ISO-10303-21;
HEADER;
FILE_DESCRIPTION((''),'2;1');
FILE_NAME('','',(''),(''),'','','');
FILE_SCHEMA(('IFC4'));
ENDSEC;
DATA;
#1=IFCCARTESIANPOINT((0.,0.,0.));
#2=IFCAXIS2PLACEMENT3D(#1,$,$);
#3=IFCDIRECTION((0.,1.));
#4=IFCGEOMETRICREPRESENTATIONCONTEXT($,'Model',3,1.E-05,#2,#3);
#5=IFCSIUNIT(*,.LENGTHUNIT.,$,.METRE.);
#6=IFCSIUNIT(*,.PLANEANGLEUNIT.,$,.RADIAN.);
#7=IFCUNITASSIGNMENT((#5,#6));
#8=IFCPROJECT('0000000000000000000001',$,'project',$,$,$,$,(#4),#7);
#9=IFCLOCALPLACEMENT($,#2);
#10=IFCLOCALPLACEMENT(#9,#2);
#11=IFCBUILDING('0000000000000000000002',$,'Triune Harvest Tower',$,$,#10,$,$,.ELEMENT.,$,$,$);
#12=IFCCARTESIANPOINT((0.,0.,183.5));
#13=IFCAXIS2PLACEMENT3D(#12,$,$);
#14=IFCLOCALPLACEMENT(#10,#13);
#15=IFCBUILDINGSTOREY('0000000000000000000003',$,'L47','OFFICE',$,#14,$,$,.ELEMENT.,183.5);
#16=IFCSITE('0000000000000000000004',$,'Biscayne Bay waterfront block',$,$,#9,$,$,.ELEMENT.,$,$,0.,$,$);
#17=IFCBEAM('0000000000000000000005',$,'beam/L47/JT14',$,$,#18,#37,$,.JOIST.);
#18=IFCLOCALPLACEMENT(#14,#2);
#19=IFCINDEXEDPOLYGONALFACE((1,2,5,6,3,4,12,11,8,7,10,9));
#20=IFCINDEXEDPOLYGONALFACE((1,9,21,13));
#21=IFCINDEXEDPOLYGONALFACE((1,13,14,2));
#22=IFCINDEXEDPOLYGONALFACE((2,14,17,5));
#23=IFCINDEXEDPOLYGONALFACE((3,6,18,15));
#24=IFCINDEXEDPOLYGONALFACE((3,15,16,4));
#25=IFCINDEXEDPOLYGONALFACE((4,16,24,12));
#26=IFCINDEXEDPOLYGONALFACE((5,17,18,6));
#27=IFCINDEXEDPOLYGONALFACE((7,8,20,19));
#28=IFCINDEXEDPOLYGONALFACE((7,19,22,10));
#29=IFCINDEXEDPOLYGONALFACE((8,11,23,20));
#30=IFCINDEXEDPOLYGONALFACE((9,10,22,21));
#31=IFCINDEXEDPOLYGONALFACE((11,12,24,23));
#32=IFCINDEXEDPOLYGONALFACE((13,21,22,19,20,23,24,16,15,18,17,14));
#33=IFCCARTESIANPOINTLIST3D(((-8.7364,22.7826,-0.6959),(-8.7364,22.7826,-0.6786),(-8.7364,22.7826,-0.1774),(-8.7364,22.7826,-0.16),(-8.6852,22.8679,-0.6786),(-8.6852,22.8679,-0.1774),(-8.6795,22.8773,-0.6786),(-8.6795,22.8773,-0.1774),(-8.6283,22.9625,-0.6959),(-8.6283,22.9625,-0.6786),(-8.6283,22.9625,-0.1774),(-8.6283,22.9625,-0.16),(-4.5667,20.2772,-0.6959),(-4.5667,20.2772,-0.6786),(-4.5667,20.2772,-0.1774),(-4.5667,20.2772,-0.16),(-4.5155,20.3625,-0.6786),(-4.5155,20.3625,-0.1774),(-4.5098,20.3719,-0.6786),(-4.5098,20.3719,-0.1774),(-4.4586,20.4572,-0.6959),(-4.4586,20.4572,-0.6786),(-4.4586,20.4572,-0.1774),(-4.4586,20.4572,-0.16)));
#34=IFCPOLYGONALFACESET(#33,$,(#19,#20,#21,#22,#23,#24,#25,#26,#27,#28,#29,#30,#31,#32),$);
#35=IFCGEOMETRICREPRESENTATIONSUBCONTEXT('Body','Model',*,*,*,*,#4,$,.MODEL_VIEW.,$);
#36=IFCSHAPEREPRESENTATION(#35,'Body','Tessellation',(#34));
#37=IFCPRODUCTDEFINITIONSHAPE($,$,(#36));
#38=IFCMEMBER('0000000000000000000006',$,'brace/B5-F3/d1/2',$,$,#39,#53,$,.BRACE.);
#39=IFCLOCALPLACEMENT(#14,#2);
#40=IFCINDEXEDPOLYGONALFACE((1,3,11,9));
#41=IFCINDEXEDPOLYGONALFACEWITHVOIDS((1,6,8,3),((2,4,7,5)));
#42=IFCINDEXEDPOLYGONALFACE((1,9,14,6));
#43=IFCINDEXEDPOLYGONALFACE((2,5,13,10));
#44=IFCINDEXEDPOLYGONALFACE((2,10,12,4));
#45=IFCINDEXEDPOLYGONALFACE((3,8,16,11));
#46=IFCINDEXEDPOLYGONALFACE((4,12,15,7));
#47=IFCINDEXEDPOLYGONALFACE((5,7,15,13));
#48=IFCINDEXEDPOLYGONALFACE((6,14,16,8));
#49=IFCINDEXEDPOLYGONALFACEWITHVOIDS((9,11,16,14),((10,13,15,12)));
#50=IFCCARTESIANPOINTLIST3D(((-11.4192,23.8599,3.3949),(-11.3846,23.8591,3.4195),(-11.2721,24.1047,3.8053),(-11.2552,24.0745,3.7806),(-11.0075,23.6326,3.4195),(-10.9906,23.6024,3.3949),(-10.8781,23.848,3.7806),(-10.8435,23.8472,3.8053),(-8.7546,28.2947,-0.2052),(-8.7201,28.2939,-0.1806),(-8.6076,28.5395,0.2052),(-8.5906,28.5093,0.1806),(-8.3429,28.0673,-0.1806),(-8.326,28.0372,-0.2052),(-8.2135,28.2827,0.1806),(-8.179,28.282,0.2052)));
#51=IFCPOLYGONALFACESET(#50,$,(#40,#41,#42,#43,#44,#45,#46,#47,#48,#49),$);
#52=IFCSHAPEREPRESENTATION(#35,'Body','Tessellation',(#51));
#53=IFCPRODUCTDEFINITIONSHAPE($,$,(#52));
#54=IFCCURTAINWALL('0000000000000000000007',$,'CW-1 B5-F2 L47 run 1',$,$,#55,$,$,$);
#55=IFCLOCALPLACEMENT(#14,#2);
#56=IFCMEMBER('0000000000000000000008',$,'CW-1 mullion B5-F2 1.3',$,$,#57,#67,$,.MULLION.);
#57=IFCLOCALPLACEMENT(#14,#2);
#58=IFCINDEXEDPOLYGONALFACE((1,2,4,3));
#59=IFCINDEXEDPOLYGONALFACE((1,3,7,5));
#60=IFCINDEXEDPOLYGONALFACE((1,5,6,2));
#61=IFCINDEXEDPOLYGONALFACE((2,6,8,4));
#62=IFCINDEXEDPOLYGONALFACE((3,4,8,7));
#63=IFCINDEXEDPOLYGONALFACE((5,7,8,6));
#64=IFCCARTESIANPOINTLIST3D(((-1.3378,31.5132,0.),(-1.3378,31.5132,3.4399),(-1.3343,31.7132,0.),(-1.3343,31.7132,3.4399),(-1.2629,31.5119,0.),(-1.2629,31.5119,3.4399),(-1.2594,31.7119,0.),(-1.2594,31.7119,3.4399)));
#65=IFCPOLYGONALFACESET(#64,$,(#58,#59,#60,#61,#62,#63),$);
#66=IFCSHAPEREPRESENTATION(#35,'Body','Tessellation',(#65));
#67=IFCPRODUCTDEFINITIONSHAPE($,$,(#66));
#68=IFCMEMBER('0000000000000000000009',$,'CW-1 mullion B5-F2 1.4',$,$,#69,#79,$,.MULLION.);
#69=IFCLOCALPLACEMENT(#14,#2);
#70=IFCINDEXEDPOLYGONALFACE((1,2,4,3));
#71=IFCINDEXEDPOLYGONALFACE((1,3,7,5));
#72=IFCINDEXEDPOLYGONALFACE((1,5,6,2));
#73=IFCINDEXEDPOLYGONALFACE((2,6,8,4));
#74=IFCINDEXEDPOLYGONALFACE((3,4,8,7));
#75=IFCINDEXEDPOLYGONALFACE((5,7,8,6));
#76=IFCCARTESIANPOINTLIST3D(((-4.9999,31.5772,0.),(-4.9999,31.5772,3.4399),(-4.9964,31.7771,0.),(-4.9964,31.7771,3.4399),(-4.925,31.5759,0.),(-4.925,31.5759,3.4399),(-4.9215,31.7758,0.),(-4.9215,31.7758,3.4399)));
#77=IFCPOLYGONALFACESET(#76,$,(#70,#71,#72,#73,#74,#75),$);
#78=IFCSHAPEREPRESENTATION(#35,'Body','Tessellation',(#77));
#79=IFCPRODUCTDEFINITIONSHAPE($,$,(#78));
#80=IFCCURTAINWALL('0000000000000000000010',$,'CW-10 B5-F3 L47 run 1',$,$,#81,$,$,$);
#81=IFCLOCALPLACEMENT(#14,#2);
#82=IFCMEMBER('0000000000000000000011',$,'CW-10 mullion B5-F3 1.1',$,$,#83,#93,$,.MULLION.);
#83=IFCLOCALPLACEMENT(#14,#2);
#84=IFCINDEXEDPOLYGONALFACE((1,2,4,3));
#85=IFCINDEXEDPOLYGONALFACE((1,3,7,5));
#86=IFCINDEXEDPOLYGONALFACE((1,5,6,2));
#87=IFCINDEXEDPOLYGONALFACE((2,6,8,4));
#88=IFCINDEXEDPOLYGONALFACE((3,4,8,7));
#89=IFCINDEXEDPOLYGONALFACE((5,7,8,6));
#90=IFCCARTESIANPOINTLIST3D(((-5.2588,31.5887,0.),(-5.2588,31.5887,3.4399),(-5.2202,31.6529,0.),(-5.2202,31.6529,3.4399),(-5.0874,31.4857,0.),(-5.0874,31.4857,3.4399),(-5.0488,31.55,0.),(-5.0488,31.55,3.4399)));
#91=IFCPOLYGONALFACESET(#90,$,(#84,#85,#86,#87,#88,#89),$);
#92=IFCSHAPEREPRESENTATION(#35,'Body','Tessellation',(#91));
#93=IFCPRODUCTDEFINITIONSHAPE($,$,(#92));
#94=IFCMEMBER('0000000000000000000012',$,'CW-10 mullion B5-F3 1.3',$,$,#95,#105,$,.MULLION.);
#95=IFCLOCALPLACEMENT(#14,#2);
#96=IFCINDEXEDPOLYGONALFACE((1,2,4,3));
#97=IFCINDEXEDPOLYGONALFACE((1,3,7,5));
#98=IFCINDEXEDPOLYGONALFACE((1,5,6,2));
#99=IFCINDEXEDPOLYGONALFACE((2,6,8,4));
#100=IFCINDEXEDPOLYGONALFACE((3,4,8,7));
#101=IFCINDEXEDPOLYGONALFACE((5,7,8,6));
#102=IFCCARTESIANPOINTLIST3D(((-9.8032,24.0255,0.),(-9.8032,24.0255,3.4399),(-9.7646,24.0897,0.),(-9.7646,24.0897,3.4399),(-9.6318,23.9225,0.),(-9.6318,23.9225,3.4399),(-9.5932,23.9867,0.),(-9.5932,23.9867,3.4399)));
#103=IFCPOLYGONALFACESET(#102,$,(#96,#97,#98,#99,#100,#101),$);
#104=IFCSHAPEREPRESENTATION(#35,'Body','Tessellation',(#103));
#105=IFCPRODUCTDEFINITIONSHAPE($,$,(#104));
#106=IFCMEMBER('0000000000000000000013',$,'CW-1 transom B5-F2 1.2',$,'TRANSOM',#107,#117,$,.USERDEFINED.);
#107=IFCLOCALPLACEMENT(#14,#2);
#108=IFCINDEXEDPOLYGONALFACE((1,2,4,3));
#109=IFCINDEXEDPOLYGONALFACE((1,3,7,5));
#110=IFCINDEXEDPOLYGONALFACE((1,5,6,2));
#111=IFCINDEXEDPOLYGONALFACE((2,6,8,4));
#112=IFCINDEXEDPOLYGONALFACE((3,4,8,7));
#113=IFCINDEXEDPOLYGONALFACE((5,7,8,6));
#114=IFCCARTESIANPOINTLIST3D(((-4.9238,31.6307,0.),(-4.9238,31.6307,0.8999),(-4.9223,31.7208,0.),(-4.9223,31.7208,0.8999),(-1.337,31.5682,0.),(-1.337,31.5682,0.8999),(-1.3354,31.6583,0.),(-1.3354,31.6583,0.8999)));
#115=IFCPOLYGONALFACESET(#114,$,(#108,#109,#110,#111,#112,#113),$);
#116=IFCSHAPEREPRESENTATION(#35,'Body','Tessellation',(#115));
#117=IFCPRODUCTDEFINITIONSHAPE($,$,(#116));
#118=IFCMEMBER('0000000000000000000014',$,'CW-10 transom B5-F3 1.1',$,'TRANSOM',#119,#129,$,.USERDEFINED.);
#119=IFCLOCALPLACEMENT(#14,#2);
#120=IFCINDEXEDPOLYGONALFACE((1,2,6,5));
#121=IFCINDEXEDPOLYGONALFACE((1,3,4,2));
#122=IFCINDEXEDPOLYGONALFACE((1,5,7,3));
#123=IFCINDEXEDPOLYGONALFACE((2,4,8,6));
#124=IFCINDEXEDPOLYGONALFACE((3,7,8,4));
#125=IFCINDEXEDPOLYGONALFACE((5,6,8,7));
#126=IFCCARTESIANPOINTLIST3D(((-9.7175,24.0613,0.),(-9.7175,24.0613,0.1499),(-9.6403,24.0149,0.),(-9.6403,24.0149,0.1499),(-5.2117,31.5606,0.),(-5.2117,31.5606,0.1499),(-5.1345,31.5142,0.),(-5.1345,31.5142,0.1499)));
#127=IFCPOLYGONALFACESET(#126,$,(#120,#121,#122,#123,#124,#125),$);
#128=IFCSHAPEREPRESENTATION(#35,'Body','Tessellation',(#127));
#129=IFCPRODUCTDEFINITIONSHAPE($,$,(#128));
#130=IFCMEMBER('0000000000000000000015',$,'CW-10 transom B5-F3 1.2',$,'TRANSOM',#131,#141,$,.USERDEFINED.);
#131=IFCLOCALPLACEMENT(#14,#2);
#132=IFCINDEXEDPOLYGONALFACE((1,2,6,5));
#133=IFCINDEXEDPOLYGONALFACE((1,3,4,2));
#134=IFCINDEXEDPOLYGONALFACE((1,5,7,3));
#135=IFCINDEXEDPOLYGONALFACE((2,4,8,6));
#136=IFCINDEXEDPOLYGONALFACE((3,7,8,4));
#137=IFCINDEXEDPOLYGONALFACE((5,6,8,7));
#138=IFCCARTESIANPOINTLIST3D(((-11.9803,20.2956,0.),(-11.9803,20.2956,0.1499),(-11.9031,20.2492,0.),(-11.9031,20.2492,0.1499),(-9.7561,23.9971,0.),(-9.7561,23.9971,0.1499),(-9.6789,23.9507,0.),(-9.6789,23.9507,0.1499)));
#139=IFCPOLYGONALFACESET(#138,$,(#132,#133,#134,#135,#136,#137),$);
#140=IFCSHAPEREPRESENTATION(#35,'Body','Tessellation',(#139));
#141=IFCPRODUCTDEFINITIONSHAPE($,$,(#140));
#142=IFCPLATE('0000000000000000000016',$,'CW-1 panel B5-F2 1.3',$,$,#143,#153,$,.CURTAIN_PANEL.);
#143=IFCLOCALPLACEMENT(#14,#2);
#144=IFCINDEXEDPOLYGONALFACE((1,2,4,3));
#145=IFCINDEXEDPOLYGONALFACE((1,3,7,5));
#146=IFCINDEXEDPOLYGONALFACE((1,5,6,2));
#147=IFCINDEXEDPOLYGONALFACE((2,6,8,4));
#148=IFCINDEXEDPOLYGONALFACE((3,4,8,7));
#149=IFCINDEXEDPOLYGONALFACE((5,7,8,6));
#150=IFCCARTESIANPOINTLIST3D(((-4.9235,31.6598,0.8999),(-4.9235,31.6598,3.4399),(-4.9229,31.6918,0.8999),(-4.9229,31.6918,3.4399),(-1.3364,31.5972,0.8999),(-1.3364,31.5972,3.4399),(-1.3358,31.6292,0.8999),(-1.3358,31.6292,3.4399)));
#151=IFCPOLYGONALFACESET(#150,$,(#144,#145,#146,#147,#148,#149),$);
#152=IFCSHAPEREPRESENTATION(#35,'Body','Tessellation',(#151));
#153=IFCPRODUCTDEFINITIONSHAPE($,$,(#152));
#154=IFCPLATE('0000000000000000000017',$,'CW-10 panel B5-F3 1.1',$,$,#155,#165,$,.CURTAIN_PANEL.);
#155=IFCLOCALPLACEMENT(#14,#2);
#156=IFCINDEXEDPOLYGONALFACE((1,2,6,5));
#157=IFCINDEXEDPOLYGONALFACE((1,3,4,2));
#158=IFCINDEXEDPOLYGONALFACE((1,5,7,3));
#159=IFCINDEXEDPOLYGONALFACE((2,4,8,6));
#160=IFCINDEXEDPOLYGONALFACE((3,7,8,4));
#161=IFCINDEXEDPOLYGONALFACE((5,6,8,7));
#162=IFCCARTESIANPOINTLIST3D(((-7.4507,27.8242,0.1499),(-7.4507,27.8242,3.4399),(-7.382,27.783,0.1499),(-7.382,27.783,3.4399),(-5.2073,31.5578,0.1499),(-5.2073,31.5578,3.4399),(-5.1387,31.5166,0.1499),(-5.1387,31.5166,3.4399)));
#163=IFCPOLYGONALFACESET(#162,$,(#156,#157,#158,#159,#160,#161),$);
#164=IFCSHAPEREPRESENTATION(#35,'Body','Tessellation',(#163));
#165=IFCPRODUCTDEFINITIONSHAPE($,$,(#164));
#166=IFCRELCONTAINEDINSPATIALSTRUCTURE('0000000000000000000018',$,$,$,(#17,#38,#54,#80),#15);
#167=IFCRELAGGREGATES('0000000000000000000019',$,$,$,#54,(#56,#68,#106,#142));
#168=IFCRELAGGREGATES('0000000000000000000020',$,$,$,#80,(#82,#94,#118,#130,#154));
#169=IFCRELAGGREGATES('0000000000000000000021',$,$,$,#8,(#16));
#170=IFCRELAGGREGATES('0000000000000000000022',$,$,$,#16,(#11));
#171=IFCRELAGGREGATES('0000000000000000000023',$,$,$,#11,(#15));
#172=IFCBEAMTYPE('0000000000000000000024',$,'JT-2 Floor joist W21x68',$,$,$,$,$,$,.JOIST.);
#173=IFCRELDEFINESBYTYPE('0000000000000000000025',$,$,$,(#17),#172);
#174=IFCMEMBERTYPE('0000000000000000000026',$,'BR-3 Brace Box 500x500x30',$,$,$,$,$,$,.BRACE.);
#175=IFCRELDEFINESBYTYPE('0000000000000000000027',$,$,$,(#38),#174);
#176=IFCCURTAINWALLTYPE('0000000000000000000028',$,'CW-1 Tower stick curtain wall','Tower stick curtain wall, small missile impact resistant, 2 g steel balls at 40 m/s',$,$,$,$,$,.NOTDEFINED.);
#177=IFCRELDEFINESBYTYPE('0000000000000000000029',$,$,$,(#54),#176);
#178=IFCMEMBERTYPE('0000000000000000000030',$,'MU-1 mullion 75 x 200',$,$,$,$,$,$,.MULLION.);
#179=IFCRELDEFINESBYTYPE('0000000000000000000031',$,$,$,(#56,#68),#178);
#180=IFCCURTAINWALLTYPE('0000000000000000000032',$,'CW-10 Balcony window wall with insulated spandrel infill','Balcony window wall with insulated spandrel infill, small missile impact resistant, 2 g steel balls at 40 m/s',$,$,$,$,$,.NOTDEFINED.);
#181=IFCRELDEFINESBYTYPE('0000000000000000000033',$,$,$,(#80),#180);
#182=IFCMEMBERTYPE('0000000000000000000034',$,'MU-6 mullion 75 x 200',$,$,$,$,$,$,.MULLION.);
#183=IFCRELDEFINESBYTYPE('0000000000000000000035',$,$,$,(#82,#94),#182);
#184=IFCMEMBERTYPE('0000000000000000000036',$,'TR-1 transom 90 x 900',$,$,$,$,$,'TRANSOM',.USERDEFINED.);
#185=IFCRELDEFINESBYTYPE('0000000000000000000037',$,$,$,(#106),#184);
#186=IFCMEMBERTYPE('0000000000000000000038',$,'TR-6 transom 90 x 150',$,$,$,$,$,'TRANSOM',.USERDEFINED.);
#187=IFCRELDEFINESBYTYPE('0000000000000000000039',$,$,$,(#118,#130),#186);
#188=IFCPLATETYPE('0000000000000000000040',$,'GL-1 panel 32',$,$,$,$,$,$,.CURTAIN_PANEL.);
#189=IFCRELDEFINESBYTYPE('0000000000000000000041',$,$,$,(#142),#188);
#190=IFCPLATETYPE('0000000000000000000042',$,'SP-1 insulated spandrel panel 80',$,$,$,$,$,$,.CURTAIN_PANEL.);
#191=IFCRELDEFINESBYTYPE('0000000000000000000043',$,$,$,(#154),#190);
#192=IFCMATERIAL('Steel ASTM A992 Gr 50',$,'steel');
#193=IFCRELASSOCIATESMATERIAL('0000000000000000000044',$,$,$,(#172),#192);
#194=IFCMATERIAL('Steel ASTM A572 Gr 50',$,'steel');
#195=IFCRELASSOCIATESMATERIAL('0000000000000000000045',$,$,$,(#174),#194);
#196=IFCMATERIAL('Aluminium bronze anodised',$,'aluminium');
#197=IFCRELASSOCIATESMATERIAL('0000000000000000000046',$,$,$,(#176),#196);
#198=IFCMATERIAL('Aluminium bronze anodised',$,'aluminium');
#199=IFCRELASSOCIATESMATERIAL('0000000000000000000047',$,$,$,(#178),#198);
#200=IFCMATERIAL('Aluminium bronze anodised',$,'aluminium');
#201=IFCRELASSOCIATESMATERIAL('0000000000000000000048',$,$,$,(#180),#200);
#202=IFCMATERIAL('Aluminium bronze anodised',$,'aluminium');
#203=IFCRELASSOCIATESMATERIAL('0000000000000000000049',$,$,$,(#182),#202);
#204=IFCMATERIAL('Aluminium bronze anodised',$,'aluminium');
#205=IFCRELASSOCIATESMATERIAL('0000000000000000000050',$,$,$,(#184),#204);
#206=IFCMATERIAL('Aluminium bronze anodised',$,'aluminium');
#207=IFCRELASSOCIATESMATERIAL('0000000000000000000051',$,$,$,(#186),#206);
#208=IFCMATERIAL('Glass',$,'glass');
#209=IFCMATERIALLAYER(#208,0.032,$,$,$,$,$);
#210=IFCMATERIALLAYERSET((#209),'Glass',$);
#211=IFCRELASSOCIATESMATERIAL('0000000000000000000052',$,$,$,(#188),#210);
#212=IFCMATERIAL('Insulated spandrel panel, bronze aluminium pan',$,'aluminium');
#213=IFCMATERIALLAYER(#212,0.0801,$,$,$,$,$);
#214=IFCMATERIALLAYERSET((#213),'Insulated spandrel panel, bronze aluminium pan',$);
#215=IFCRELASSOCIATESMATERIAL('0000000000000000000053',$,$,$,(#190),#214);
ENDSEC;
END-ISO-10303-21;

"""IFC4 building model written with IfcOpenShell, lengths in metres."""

from ifc_helpers import new_model, si_unit, direction, frame, origin, origin_2d, place, context, subcontext, project, spatial, rectangle, hollow_rectangle, i_section, extrude, source, transform, mapped, material, layer, layer_set, material_profile, profile_set, type_object, element, aggregate, save


model = new_model("IFC4")

# Units and contexts
model_context = context("Model", 3, precision=1e-05, world=origin(), true_north=direction((0.0, 1.0)))
body_context = subcontext(model_context, "Body", "Model", "MODEL_VIEW")
ifc_project = project(units=[si_unit("LENGTHUNIT", "METRE"), si_unit("PLANEANGLEUNIT", "RADIAN")], contexts=[model_context])

# Site, building, storey
site_placement = place(None, origin())
site = spatial("IfcSite", under=ifc_project, at=site_placement, Name="Biscayne Bay waterfront block", CompositionType="ELEMENT", RefElevation=0.0)
building_placement = place(site_placement, origin())
building = spatial("IfcBuilding", under=site, at=building_placement, Name="Triune Harvest Tower", CompositionType="ELEMENT")
storey_placement = place(building_placement, frame((0.0, 0.0, 183.5)))
storey = spatial("IfcBuildingStorey", under=building, at=storey_placement, Name="L47", Description="OFFICE", CompositionType="ELEMENT", Elevation=183.5)

# Beam
ifc_material_1 = material(Name="Steel ASTM A992 Gr 50", Category="steel")
ifc_material_profile_1 = material_profile(ifc_material_1, i_section(OverallWidth=0.21, OverallDepth=0.5359, WebThickness=0.011, FlangeThickness=0.0173, at=origin_2d()), Name="W21x68")
ifc_profile_set_1 = profile_set([ifc_material_profile_1], Name="Steel ASTM A992 Gr 50")
beam_type_1 = type_object("IfcBeamType", Name="JT-2 Floor joist W21x68", PredefinedType="JOIST", material=ifc_profile_set_1)
shared_shape_1 = source(origin(), body_context, "Body", "SweptSolid", [
    extrude(i_section(OverallWidth=0.21, OverallDepth=0.5359, WebThickness=0.011, FlangeThickness=0.0173, at=origin_2d()), origin(), (0.0, 0.0, 1.0), 4.8645),
])
beam_1_placement = place(storey_placement, frame((-8.6824, 22.8726, -0.428), z_axis=(0.857169, -0.515034, 0.0), x_axis=(0.515034, 0.857169, 0.0)))
element("IfcBeam", 1, at=beam_1_placement, inside=storey, type_object=beam_type_1, Name="beam/L47/JT14", PredefinedType="JOIST", context=body_context, shape_type="MappedRepresentation", body=[
    mapped(shared_shape_1, transform((0.0, 0.0, 0.0), scale=1.0)),
])

# Member
ifc_material_2 = material(Name="Steel ASTM A572 Gr 50", Category="steel")
ifc_material_profile_2 = material_profile(ifc_material_2, hollow_rectangle(XDim=0.5, YDim=0.5, WallThickness=0.03, at=origin_2d()), Name="Box 500x500x30")
ifc_profile_set_2 = profile_set([ifc_material_profile_2], Name="Steel ASTM A572 Gr 50")
member_type_1 = type_object("IfcMemberType", Name="BR-3 Brace Box 500x500x30", PredefinedType="BRACE", material=ifc_profile_set_2)
shared_shape_2 = source(origin(), body_context, "Body", "SweptSolid", [
    extrude(hollow_rectangle(XDim=0.5, YDim=0.5, WallThickness=0.03, at=origin_2d()), origin(), (0.0, 0.0, 1.0), 6.303),
])
member_1_placement = place(storey_placement, frame((-8.4668, 28.2883, 0.0), z_axis=(-0.422742, -0.703601, 0.57117), x_axis=(0.85718, -0.515016, 0.0)))
element("IfcMember", 2, at=member_1_placement, inside=storey, type_object=member_type_1, Name="brace/B5-F3/d1/2", PredefinedType="BRACE", context=body_context, shape_type="MappedRepresentation", body=[
    mapped(shared_shape_2, transform((0.0, 0.0, 0.0), scale=1.0)),
])

# Curtain walls, members
ifc_material_3 = material(Name="Aluminium bronze anodised", Category="aluminium")
curtain_wall_type_1 = type_object("IfcCurtainWallType", Name="CW-1 Tower stick curtain wall", Description="Tower stick curtain wall, small missile impact resistant, 2 g steel balls at 40 m/s", PredefinedType="NOTDEFINED", material=ifc_material_3)
curtain_wall_1_placement = place(storey_placement, origin())
curtain_wall_1 = element("IfcCurtainWall", 3, at=curtain_wall_1_placement, inside=storey, type_object=curtain_wall_type_1, Name="CW-1 B5-F2 L47 run 1")
ifc_material_4 = material(Name="Aluminium bronze anodised", Category="aluminium")
ifc_material_profile_3 = material_profile(ifc_material_4, rectangle(XDim=0.2, YDim=0.075, at=origin_2d()), Name="MU-1 mullion 75 x 200")
ifc_profile_set_3 = profile_set([ifc_material_profile_3], Name="Aluminium bronze anodised")
member_type_2 = type_object("IfcMemberType", Name="MU-1 mullion 75 x 200", PredefinedType="MULLION", material=ifc_profile_set_3)
shared_shape_3 = source(origin(), body_context, "Body", "SweptSolid", [
    extrude(rectangle(XDim=0.2, YDim=0.075, at=origin_2d()), origin(), (0.0, 0.0, 1.0), 3.4399),
])
member_2_placement = place(storey_placement, frame((-1.2986, 31.6125, 0.0), z_axis=(0.0, 0.0, 1.0), x_axis=(-0.017446, -0.999848, 0.0)))
member_2 = element("IfcMember", 4, at=member_2_placement, type_object=member_type_2, Name="CW-1 mullion B5-F2 1.3", PredefinedType="MULLION", context=body_context, shape_type="MappedRepresentation", body=[
    mapped(shared_shape_3, transform((0.0, 0.0, 0.0), scale=1.0)),
])
member_3_placement = place(storey_placement, frame((-4.9607, 31.6765, 0.0), z_axis=(0.0, 0.0, 1.0), x_axis=(-0.017446, -0.999848, 0.0)))
member_3 = element("IfcMember", 5, at=member_3_placement, type_object=member_type_2, Name="CW-1 mullion B5-F2 1.4", PredefinedType="MULLION", context=body_context, shape_type="MappedRepresentation", body=[
    mapped(shared_shape_3, transform((0.0, 0.0, 0.0), scale=1.0)),
])
ifc_material_5 = material(Name="Aluminium bronze anodised", Category="aluminium")
curtain_wall_type_2 = type_object("IfcCurtainWallType", Name="CW-10 Balcony window wall with insulated spandrel infill", Description="Balcony window wall with insulated spandrel infill, small missile impact resistant, 2 g steel balls at 40 m/s", PredefinedType="NOTDEFINED", material=ifc_material_5)
curtain_wall_2_placement = place(storey_placement, origin())
curtain_wall_2 = element("IfcCurtainWall", 6, at=curtain_wall_2_placement, inside=storey, type_object=curtain_wall_type_2, Name="CW-10 B5-F3 L47 run 1")
ifc_material_6 = material(Name="Aluminium bronze anodised", Category="aluminium")
ifc_material_profile_4 = material_profile(ifc_material_6, rectangle(XDim=0.2, YDim=0.075, at=origin_2d()), Name="MU-6 mullion 75 x 200")
ifc_profile_set_4 = profile_set([ifc_material_profile_4], Name="Aluminium bronze anodised")
member_type_3 = type_object("IfcMemberType", Name="MU-6 mullion 75 x 200", PredefinedType="MULLION", material=ifc_profile_set_4)
shared_shape_4 = source(origin(), body_context, "Body", "SweptSolid", [
    extrude(rectangle(XDim=0.2, YDim=0.075, at=origin_2d()), origin(), (0.0, 0.0, 1.0), 3.4399),
])
member_4_placement = place(storey_placement, frame((-5.1538, 31.5693, 0.0), z_axis=(0.0, 0.0, 1.0), x_axis=(0.857168, -0.515037, 0.0)))
member_4 = element("IfcMember", 7, at=member_4_placement, type_object=member_type_3, Name="CW-10 mullion B5-F3 1.1", PredefinedType="MULLION", context=body_context, shape_type="MappedRepresentation", body=[
    mapped(shared_shape_4, transform((0.0, 0.0, 0.0), scale=1.0)),
])
member_5_placement = place(storey_placement, frame((-9.6982, 24.0061, 0.0), z_axis=(0.0, 0.0, 1.0), x_axis=(0.857168, -0.515037, 0.0)))
member_5 = element("IfcMember", 8, at=member_5_placement, type_object=member_type_3, Name="CW-10 mullion B5-F3 1.3", PredefinedType="MULLION", context=body_context, shape_type="MappedRepresentation", body=[
    mapped(shared_shape_4, transform((0.0, 0.0, 0.0), scale=1.0)),
])

# Members
ifc_material_7 = material(Name="Aluminium bronze anodised", Category="aluminium")
ifc_material_profile_5 = material_profile(ifc_material_7, rectangle(XDim=0.0901, YDim=0.8999, at=origin_2d()), Name="TR-1 transom 90 x 900")
ifc_profile_set_5 = profile_set([ifc_material_profile_5], Name="Aluminium bronze anodised")
member_type_4 = type_object("IfcMemberType", Name="TR-1 transom 90 x 900", ElementType="TRANSOM", PredefinedType="USERDEFINED", material=ifc_profile_set_5)
shared_shape_5 = source(origin(), body_context, "Body", "SweptSolid", [
    extrude(rectangle(XDim=0.0901, YDim=0.8999, at=origin_2d()), origin(), (0.0, 0.0, 1.0), 3.5874),
])
member_6_placement = place(storey_placement, frame((-1.3362, 31.6133, 0.45), z_axis=(-0.999848, 0.017422, 0.0), x_axis=(-0.017422, -0.999848, 0.0)))
member_6 = element("IfcMember", 9, at=member_6_placement, type_object=member_type_4, Name="CW-1 transom B5-F2 1.2", ObjectType="TRANSOM", PredefinedType="USERDEFINED", context=body_context, shape_type="MappedRepresentation", body=[
    mapped(shared_shape_5, transform((0.0, 0.0, 0.0), scale=1.0)),
])
ifc_material_8 = material(Name="Aluminium bronze anodised", Category="aluminium")
ifc_material_profile_6 = material_profile(ifc_material_8, rectangle(XDim=0.0901, YDim=0.1499, at=origin_2d()), Name="TR-6 transom 90 x 150")
ifc_profile_set_6 = profile_set([ifc_material_profile_6], Name="Aluminium bronze anodised")
member_type_5 = type_object("IfcMemberType", Name="TR-6 transom 90 x 150", ElementType="TRANSOM", PredefinedType="USERDEFINED", material=ifc_profile_set_6)
shared_shape_6 = source(origin(), body_context, "Body", "SweptSolid", [
    extrude(rectangle(XDim=0.0901, YDim=0.1499, at=origin_2d()), origin(), (0.0, 0.0, 1.0), 8.7488),
])
member_7_placement = place(storey_placement, frame((-5.1731, 31.5374, 0.075), z_axis=(-0.515025, -0.857175, 0.0), x_axis=(0.857175, -0.515025, 0.0)))
member_7 = element("IfcMember", 10, at=member_7_placement, type_object=member_type_5, Name="CW-10 transom B5-F3 1.1", ObjectType="TRANSOM", PredefinedType="USERDEFINED", context=body_context, shape_type="MappedRepresentation", body=[
    mapped(shared_shape_6, transform((0.0, 0.0, 0.0), scale=1.0)),
])
shared_shape_7 = source(origin(), body_context, "Body", "SweptSolid", [
    extrude(rectangle(XDim=0.0901, YDim=0.1499, at=origin_2d()), origin(), (0.0, 0.0, 1.0), 4.3184),
])
member_8_placement = place(storey_placement, frame((-9.7175, 23.9739, 0.075), z_axis=(-0.515053, -0.857159, 0.0), x_axis=(0.857159, -0.515053, 0.0)))
member_8 = element("IfcMember", 11, at=member_8_placement, type_object=member_type_5, Name="CW-10 transom B5-F3 1.2", ObjectType="TRANSOM", PredefinedType="USERDEFINED", context=body_context, shape_type="MappedRepresentation", body=[
    mapped(shared_shape_7, transform((0.0, 0.0, 0.0), scale=1.0)),
])

# Plates
ifc_material_9 = material(Name="Glass", Category="glass")
ifc_layer_1 = layer(ifc_material_9, 0.032)
ifc_layer_set_1 = layer_set([ifc_layer_1], Name="Glass")
plate_type_1 = type_object("IfcPlateType", Name="GL-1 panel 32", PredefinedType="CURTAIN_PANEL", material=ifc_layer_set_1)
shared_shape_8 = source(origin(), body_context, "Body", "SweptSolid", [
    extrude(rectangle(XDim=3.5876, YDim=0.032, at=origin_2d()), origin(), (0.0, 0.0, 1.0), 2.54),
])
plate_1_placement = place(storey_placement, frame((-3.1296, 31.6445, 0.8999), z_axis=(0.0, 0.0, 1.0), x_axis=(-0.999848, 0.017446, 0.0)))
plate_1 = element("IfcPlate", 12, at=plate_1_placement, type_object=plate_type_1, Name="CW-1 panel B5-F2 1.3", PredefinedType="CURTAIN_PANEL", context=body_context, shape_type="MappedRepresentation", body=[
    mapped(shared_shape_8, transform((0.0, 0.0, 0.0), scale=1.0)),
])
aggregate(curtain_wall_1, [member_2, member_3, member_6, plate_1])
ifc_material_10 = material(Name="Insulated spandrel panel, bronze aluminium pan", Category="aluminium")
ifc_layer_2 = layer(ifc_material_10, 0.0801)
ifc_layer_set_2 = layer_set([ifc_layer_2], Name="Insulated spandrel panel, bronze aluminium pan")
plate_type_2 = type_object("IfcPlateType", Name="SP-1 insulated spandrel panel 80", PredefinedType="CURTAIN_PANEL", material=ifc_layer_set_2)
shared_shape_9 = source(origin(), body_context, "Body", "SweptSolid", [
    extrude(rectangle(XDim=4.3557, YDim=0.0801, at=origin_2d()), origin(), (0.0, 0.0, 1.0), 3.29),
])
plate_2_placement = place(storey_placement, frame((-6.2947, 29.6704, 0.1499), z_axis=(0.0, 0.0, 1.0), x_axis=(-0.515037, -0.857168, 0.0)))
plate_2 = element("IfcPlate", 13, at=plate_2_placement, type_object=plate_type_2, Name="CW-10 panel B5-F3 1.1", PredefinedType="CURTAIN_PANEL", context=body_context, shape_type="MappedRepresentation", body=[
    mapped(shared_shape_9, transform((0.0, 0.0, 0.0), scale=1.0)),
])
aggregate(curtain_wall_2, [member_4, member_5, member_7, member_8, plate_2])

save(model, "model.ifc")
